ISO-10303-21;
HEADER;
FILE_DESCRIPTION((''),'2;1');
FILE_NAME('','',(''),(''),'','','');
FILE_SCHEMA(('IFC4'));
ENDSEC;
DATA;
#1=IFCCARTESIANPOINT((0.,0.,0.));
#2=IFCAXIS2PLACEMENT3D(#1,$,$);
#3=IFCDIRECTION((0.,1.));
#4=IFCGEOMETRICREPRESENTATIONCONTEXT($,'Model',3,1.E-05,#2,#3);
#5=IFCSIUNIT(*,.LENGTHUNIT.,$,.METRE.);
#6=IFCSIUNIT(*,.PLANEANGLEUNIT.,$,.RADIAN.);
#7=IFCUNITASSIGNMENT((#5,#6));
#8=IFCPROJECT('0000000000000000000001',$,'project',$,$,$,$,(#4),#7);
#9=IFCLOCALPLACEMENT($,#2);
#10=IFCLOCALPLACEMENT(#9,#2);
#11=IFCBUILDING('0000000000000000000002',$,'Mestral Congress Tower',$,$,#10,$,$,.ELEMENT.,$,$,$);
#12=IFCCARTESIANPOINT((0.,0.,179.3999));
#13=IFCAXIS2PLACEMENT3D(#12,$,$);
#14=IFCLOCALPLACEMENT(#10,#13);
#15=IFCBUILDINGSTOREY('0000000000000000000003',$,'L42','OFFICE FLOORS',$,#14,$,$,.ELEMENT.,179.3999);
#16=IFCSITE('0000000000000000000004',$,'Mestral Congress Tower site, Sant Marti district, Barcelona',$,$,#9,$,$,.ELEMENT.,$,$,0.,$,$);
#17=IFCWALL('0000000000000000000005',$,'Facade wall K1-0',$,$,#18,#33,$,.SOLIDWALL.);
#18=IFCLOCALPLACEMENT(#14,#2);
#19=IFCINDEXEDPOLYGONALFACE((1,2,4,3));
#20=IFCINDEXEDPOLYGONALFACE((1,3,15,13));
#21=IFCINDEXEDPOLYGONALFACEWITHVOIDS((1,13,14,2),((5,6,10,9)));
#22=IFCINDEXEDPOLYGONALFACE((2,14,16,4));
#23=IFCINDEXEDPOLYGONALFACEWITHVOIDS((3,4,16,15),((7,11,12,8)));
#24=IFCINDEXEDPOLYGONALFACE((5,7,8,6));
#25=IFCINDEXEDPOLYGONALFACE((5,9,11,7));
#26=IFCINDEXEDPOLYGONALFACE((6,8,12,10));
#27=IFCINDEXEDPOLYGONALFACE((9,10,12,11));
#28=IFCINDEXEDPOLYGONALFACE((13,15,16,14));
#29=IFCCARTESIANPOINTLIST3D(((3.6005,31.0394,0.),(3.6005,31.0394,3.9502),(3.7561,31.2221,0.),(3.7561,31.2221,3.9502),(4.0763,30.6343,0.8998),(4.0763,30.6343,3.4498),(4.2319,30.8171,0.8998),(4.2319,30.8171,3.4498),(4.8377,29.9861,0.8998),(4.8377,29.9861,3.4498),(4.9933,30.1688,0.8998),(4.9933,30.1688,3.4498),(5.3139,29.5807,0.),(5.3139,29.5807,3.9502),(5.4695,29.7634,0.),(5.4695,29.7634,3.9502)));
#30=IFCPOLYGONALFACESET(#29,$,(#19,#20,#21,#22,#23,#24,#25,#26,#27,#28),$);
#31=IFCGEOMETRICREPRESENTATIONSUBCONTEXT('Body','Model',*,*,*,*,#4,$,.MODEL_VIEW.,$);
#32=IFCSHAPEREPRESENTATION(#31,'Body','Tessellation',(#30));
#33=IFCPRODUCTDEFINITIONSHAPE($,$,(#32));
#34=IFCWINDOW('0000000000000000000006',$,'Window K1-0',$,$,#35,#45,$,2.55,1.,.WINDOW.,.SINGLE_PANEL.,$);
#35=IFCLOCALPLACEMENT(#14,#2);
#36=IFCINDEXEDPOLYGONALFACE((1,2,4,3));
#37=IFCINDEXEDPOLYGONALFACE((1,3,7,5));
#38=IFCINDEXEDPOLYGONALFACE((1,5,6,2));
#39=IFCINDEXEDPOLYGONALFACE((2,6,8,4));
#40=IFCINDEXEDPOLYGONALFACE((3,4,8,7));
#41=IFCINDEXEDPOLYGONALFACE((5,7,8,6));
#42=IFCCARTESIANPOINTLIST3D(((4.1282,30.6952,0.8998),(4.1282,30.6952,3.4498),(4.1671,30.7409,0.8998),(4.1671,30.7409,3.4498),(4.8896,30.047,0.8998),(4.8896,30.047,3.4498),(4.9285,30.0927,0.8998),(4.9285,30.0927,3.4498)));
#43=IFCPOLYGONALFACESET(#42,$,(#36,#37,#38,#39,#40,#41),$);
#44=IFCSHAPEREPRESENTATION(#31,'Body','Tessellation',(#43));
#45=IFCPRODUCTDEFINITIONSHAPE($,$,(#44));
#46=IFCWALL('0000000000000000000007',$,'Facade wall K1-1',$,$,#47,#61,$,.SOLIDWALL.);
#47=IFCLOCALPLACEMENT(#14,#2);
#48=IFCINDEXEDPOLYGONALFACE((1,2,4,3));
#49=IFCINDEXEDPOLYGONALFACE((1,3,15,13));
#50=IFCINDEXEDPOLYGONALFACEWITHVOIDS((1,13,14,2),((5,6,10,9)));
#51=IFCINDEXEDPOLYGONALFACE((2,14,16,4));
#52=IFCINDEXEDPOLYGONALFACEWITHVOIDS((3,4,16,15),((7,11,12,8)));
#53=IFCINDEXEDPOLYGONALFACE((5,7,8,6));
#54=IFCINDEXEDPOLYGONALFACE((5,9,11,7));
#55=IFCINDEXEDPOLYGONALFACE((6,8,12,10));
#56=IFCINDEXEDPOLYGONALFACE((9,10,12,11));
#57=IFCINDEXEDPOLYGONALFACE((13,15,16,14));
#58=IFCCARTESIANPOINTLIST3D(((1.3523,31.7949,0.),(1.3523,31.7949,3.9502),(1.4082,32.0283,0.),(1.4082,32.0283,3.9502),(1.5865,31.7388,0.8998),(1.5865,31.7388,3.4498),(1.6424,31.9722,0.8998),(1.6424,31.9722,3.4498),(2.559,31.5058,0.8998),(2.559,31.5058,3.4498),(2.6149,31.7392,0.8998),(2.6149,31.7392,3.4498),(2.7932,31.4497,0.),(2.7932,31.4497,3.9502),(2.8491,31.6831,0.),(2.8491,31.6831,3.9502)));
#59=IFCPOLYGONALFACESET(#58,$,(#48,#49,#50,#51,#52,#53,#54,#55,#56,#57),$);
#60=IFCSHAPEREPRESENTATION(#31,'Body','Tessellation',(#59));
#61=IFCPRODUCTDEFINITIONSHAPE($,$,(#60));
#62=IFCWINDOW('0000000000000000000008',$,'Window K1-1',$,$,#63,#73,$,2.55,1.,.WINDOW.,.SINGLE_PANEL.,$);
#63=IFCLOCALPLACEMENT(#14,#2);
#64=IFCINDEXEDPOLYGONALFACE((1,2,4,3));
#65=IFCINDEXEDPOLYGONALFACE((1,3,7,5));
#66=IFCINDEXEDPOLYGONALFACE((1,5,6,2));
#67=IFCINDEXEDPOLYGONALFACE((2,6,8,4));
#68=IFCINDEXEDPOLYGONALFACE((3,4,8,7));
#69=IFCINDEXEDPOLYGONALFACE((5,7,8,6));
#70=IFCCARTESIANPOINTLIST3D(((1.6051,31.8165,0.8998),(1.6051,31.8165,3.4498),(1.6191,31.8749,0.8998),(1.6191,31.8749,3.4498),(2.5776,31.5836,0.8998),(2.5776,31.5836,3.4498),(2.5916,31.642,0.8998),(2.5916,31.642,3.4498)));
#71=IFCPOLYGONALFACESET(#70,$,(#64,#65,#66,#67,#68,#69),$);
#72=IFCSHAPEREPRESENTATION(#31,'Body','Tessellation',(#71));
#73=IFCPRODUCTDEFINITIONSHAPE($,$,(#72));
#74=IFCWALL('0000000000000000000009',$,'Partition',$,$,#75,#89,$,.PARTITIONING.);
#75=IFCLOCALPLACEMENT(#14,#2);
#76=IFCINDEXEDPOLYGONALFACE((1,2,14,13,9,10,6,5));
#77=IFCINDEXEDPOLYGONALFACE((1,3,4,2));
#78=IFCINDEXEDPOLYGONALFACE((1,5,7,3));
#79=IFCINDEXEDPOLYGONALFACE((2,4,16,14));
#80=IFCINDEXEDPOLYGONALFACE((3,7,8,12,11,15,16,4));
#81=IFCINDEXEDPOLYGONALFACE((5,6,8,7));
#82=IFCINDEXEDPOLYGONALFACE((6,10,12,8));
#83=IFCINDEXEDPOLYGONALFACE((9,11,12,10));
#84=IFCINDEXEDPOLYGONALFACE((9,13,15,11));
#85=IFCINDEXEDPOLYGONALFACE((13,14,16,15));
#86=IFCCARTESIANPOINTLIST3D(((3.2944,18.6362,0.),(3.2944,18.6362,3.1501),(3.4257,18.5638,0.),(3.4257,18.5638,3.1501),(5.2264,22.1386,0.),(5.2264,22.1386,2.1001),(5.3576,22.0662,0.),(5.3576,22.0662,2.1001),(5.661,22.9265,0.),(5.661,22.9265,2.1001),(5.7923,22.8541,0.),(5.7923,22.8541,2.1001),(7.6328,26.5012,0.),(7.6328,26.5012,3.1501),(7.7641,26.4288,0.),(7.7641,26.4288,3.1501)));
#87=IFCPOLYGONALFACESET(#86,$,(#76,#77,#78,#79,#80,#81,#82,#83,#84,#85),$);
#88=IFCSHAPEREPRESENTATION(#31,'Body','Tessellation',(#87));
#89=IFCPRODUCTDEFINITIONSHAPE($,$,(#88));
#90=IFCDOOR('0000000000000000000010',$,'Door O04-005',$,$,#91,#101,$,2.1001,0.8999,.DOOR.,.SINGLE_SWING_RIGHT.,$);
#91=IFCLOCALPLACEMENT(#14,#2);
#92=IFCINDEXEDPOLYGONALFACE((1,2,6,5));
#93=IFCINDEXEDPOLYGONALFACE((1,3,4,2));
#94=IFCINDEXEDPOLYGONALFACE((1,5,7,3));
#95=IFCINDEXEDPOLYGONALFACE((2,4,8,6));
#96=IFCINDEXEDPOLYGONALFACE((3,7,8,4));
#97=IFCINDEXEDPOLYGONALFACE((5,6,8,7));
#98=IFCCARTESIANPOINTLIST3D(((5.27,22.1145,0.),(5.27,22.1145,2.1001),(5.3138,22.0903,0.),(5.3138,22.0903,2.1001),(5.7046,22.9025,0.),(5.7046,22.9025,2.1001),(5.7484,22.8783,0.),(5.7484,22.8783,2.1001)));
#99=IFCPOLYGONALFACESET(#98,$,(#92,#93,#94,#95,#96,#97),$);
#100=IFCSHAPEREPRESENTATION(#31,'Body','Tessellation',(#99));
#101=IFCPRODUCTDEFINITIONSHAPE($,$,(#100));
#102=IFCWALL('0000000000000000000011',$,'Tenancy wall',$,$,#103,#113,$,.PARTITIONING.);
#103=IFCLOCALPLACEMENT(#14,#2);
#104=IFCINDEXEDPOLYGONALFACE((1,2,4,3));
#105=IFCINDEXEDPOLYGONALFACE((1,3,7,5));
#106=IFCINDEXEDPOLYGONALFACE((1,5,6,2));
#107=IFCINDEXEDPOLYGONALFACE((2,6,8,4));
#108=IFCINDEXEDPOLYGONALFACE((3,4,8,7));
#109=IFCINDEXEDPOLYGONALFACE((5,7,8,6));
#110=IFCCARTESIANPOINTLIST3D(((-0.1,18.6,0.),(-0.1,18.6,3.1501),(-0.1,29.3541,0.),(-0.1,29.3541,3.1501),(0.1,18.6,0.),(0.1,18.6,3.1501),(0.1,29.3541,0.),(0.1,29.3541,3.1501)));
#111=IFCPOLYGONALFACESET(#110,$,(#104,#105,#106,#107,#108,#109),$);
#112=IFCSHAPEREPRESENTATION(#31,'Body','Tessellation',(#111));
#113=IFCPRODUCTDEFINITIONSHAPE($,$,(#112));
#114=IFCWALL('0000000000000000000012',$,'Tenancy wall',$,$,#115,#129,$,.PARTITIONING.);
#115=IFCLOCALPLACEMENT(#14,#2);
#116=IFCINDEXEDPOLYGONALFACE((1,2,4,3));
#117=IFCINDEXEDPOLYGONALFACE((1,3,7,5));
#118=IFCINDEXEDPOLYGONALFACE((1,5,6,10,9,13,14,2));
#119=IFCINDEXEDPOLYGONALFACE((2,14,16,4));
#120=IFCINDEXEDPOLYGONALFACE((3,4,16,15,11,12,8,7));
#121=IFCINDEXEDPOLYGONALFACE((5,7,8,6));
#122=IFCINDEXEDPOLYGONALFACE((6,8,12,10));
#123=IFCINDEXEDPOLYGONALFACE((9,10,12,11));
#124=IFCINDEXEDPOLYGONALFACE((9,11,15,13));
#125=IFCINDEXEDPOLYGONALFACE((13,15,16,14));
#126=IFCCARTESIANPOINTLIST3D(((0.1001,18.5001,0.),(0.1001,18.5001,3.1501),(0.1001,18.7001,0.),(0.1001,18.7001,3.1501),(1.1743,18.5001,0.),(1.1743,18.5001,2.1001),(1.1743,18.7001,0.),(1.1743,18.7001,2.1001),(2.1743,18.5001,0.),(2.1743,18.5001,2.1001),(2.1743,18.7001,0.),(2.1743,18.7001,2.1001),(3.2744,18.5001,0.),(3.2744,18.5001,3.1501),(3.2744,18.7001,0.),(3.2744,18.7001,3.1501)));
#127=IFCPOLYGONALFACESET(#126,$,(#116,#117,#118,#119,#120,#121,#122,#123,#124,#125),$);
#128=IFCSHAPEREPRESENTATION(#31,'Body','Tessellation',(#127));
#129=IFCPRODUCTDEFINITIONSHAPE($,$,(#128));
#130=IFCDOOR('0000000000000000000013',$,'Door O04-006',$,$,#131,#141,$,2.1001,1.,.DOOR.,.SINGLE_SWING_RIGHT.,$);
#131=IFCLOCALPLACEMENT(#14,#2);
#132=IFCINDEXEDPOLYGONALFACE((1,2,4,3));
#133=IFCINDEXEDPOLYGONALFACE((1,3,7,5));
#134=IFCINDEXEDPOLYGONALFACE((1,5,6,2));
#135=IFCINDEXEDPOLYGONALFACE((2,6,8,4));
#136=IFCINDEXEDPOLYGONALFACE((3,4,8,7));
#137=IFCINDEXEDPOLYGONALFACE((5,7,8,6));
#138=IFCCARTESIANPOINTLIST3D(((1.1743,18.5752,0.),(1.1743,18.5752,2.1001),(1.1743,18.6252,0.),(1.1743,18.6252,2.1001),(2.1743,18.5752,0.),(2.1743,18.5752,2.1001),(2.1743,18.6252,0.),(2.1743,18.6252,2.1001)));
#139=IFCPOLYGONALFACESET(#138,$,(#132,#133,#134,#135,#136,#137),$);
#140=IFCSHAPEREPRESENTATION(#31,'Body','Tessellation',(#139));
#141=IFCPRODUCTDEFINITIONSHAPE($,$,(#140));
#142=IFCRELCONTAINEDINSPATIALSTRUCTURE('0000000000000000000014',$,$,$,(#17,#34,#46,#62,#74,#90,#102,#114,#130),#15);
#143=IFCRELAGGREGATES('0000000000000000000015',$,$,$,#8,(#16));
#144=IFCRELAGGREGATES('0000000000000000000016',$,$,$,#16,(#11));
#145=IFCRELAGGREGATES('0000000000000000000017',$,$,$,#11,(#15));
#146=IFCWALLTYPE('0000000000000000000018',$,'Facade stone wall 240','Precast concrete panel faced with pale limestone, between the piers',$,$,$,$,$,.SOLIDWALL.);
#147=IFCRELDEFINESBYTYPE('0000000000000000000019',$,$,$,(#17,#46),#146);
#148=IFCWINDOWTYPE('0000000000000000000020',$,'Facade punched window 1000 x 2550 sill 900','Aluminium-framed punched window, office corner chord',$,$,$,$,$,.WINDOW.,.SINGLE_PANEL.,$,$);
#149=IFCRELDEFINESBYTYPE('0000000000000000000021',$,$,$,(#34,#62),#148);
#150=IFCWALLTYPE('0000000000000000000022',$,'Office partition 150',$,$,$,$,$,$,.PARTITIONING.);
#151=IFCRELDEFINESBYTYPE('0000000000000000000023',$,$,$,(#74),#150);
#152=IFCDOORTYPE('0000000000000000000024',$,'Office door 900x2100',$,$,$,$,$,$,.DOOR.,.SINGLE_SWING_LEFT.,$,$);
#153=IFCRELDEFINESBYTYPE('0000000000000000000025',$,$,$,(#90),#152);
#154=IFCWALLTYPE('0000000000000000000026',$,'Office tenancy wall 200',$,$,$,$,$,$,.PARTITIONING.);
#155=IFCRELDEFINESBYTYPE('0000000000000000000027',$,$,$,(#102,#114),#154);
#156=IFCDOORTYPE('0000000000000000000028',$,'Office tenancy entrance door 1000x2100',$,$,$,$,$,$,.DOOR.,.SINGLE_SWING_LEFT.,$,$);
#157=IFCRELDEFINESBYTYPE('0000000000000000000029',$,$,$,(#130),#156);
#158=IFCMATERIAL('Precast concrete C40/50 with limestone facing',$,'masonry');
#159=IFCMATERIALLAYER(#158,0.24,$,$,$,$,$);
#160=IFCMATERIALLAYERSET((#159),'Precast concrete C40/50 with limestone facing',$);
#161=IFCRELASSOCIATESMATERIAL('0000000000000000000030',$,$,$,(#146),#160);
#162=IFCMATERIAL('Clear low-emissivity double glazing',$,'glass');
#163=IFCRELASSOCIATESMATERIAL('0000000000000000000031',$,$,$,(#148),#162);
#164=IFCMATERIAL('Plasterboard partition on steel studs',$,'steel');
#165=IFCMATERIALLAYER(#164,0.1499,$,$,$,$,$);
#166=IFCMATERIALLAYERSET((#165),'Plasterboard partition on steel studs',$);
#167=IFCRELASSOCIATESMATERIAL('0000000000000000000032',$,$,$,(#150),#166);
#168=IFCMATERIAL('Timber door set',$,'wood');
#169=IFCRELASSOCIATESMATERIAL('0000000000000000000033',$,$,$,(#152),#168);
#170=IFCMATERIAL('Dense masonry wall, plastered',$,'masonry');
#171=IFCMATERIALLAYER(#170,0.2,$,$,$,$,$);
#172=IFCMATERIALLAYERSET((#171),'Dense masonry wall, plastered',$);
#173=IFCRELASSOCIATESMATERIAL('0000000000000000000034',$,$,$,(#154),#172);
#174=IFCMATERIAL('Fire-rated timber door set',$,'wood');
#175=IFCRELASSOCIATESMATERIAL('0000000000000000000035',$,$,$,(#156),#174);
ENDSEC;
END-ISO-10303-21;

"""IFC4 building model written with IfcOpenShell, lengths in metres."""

from ifc_helpers import new_model, si_unit, direction, frame, frame_2d, origin, place, context, subcontext, project, spatial, rectangle, extrude, material, layer, layer_set, type_object, element, fill, save


model = new_model("IFC4")

# Units and contexts
model_context = context("Model", 3, precision=1e-05, world=origin(), true_north=direction((0.0, 1.0)))
body_context = subcontext(model_context, "Body", "Model", "MODEL_VIEW")
ifc_project = project(units=[si_unit("LENGTHUNIT", "METRE"), si_unit("PLANEANGLEUNIT", "RADIAN")], contexts=[model_context])

# Site, building, storey
site_placement = place(None, origin())
site = spatial("IfcSite", under=ifc_project, at=site_placement, Name="Mestral Congress Tower site, Sant Marti district, Barcelona", CompositionType="ELEMENT", RefElevation=0.0)
building_placement = place(site_placement, origin())
building = spatial("IfcBuilding", under=site, at=building_placement, Name="Mestral Congress Tower", CompositionType="ELEMENT")
storey_placement = place(building_placement, frame((0.0, 0.0, 179.3999)))
storey = spatial("IfcBuildingStorey", under=building, at=storey_placement, Name="L42", Description="OFFICE FLOORS", CompositionType="ELEMENT", Elevation=179.3999)

# Shared definitions
ifc_material_1 = material(Name="Precast concrete C40/50 with limestone facing", Category="masonry")
ifc_layer_1 = layer(ifc_material_1, 0.24)
ifc_layer_set_1 = layer_set([ifc_layer_1], Name="Precast concrete C40/50 with limestone facing")
wall_type_1 = type_object("IfcWallType", Name="Facade stone wall 240", Description="Precast concrete panel faced with pale limestone, between the piers", PredefinedType="SOLIDWALL", material=ifc_layer_set_1)
ifc_material_2 = material(Name="Clear low-emissivity double glazing", Category="glass")

# Walls, openings, windows
wall_1_placement = place(storey_placement, frame((5.3916, 29.6721, 0.0), z_axis=(0.0, 0.0, 1.0), x_axis=(-0.76142, 0.648259, 0.0)))
wall_1 = element("IfcWall", 1, at=wall_1_placement, inside=storey, type_object=wall_type_1, Name="Facade wall K1-0", PredefinedType="SOLIDWALL", context=body_context, shape_type="SweptSolid", body=[
    extrude(rectangle(XDim=2.2502, YDim=0.24, at=frame_2d((1.125, 0.0))), origin(), (0.0, 0.0, 1.0), 3.9502),
])
opening_1_placement = place(wall_1_placement, frame((0.6252, 0.0, 0.8999)))
opening_1 = element("IfcOpeningElement", 2, at=opening_1_placement, cuts=wall_1, PredefinedType="OPENING", context=body_context, shape_type="SweptSolid", body=[
    extrude(rectangle(XDim=1.0, YDim=2.55, at=frame_2d((0.5, 1.2749))), frame((0.0, 0.1299, 0.0), z_axis=(0.0, -1.0, 0.0), x_axis=(1.0, 0.0, 0.0)), (0.0, 0.0, 1.0), 0.26),
])
window_type_1 = type_object("IfcWindowType", Name="Facade punched window 1000 x 2550 sill 900", Description="Aluminium-framed punched window, office corner chord", PartitioningType="SINGLE_PANEL", PredefinedType="WINDOW", material=ifc_material_2)
window_1_placement = place(opening_1_placement, origin())
window_1 = element("IfcWindow", 3, at=window_1_placement, inside=storey, type_object=window_type_1, Name="Window K1-0", OverallHeight=2.55, OverallWidth=1.0, PartitioningType="SINGLE_PANEL", PredefinedType="WINDOW", context=body_context, shape_type="SweptSolid", body=[
    extrude(rectangle(XDim=1.0, YDim=2.55, at=frame_2d((0.5, 1.2749))), frame((0.0, 0.04, 0.0), z_axis=(0.0, -1.0, 0.0), x_axis=(1.0, 0.0, 0.0)), (0.0, 0.0, 1.0), 0.0601),
])
fill(opening_1, window_1)
wall_2_placement = place(storey_placement, frame((2.821, 31.5664, 0.0), z_axis=(0.0, 0.0, 1.0), x_axis=(-0.97248, 0.232987, 0.0)))
wall_2 = element("IfcWall", 4, at=wall_2_placement, inside=storey, type_object=wall_type_1, Name="Facade wall K1-1", PredefinedType="SOLIDWALL", context=body_context, shape_type="SweptSolid", body=[
    extrude(rectangle(XDim=1.4817, YDim=0.24, at=frame_2d((0.7407, 0.0))), origin(), (0.0, 0.0, 1.0), 3.9502),
])
opening_2_placement = place(wall_2_placement, frame((0.2407, 0.0, 0.8999)))
opening_2 = element("IfcOpeningElement", 5, at=opening_2_placement, cuts=wall_2, PredefinedType="OPENING", context=body_context, shape_type="SweptSolid", body=[
    extrude(rectangle(XDim=1.0, YDim=2.55, at=frame_2d((0.5, 1.2749))), frame((0.0, 0.1299, 0.0), z_axis=(0.0, -1.0, 0.0), x_axis=(1.0, 0.0, 0.0)), (0.0, 0.0, 1.0), 0.26),
])
window_2_placement = place(opening_2_placement, origin())
window_2 = element("IfcWindow", 6, at=window_2_placement, inside=storey, type_object=window_type_1, Name="Window K1-1", OverallHeight=2.55, OverallWidth=1.0, PartitioningType="SINGLE_PANEL", PredefinedType="WINDOW", context=body_context, shape_type="SweptSolid", body=[
    extrude(rectangle(XDim=1.0, YDim=2.55, at=frame_2d((0.5, 1.2749))), frame((0.0, 0.04, 0.0), z_axis=(0.0, -1.0, 0.0), x_axis=(1.0, 0.0, 0.0)), (0.0, 0.0, 1.0), 0.0601),
])
fill(opening_2, window_2)

# Wall, opening, door
ifc_material_3 = material(Name="Plasterboard partition on steel studs", Category="steel")
ifc_layer_2 = layer(ifc_material_3, 0.1499)
ifc_layer_set_2 = layer_set([ifc_layer_2], Name="Plasterboard partition on steel studs")
wall_type_2 = type_object("IfcWallType", Name="Office partition 150", PredefinedType="PARTITIONING", material=ifc_layer_set_2)
wall_3_placement = place(storey_placement, frame((7.6985, 26.4651, 0.0), z_axis=(0.0, 0.0, 1.0), x_axis=(-0.482998, -0.875621, 0.0)))
wall_3 = element("IfcWall", 7, at=wall_3_placement, inside=storey, type_object=wall_type_2, Name="Partition", PredefinedType="PARTITIONING", context=body_context, shape_type="SweptSolid", body=[
    extrude(rectangle(XDim=8.9822, YDim=0.1499, at=frame_2d((4.4912, 0.0))), origin(), (0.0, 0.0, 1.0), 3.1501),
])
opening_3_placement = place(wall_3_placement, frame((4.0825, 0.0, 0.0)))
opening_3 = element("IfcOpeningElement", 8, at=opening_3_placement, cuts=wall_3, PredefinedType="OPENING", context=body_context, shape_type="SweptSolid", body=[
    extrude(rectangle(XDim=0.8999, YDim=2.1001, at=frame_2d((0.45, 1.05))), frame((0.0, 0.085, 0.0), z_axis=(0.0, -1.0, 0.0), x_axis=(1.0, 0.0, 0.0)), (0.0, 0.0, 1.0), 0.1699),
])
ifc_material_4 = material(Name="Timber door set", Category="wood")
door_type_1 = type_object("IfcDoorType", Name="Office door 900x2100", OperationType="SINGLE_SWING_LEFT", PredefinedType="DOOR", material=ifc_material_4)
door_1_placement = place(opening_3_placement, origin())
door_1 = element("IfcDoor", 9, at=door_1_placement, inside=storey, type_object=door_type_1, Name="Door O04-005", OperationType="SINGLE_SWING_RIGHT", OverallHeight=2.1001, OverallWidth=0.8999, PredefinedType="DOOR", context=body_context, shape_type="SweptSolid", body=[
    extrude(rectangle(XDim=0.8999, YDim=2.1001, at=frame_2d((0.45, 1.05))), frame((0.0, 0.0249, 0.0), z_axis=(0.0, -1.0, 0.0), x_axis=(1.0, 0.0, 0.0)), (0.0, 0.0, 1.0), 0.05),
])
fill(opening_3, door_1)

# Wall
ifc_material_5 = material(Name="Dense masonry wall, plastered", Category="masonry")
ifc_layer_3 = layer(ifc_material_5, 0.2)
ifc_layer_set_3 = layer_set([ifc_layer_3], Name="Dense masonry wall, plastered")
wall_type_3 = type_object("IfcWallType", Name="Office tenancy wall 200", PredefinedType="PARTITIONING", material=ifc_layer_set_3)
wall_4_placement = place(storey_placement, frame((0.0, 18.6001, 0.0), z_axis=(0.0, 0.0, 1.0), x_axis=(0.0, 1.0, 0.0)))
element("IfcWall", 10, at=wall_4_placement, inside=storey, type_object=wall_type_3, Name="Tenancy wall", PredefinedType="PARTITIONING", context=body_context, shape_type="SweptSolid", body=[
    extrude(rectangle(XDim=10.7542, YDim=0.2, at=frame_2d((5.377, 0.0))), origin(), (0.0, 0.0, 1.0), 3.1501),
])

# Wall, opening, door
wall_5_placement = place(storey_placement, frame((3.2744, 18.6001, 0.0), z_axis=(0.0, 0.0, 1.0), x_axis=(-1.0, 0.0, 0.0)))
wall_5 = element("IfcWall", 11, at=wall_5_placement, inside=storey, type_object=wall_type_3, Name="Tenancy wall", PredefinedType="PARTITIONING", context=body_context, shape_type="SweptSolid", body=[
    extrude(rectangle(XDim=3.1743, YDim=0.2, at=frame_2d((1.5872, 0.0))), origin(), (0.0, 0.0, 1.0), 3.1501),
])
opening_4_placement = place(wall_5_placement, frame((1.1001, 0.0, 0.0)))
opening_4 = element("IfcOpeningElement", 12, at=opening_4_placement, cuts=wall_5, PredefinedType="OPENING", context=body_context, shape_type="SweptSolid", body=[
    extrude(rectangle(XDim=1.0, YDim=2.1001, at=frame_2d((0.5, 1.05))), frame((0.0, 0.1099, 0.0), z_axis=(0.0, -1.0, 0.0), x_axis=(1.0, 0.0, 0.0)), (0.0, 0.0, 1.0), 0.22),
])
ifc_material_6 = material(Name="Fire-rated timber door set", Category="wood")
door_type_2 = type_object("IfcDoorType", Name="Office tenancy entrance door 1000x2100", OperationType="SINGLE_SWING_LEFT", PredefinedType="DOOR", material=ifc_material_6)
door_2_placement = place(opening_4_placement, origin())
door_2 = element("IfcDoor", 13, at=door_2_placement, inside=storey, type_object=door_type_2, Name="Door O04-006", OperationType="SINGLE_SWING_RIGHT", OverallHeight=2.1001, OverallWidth=1.0, PredefinedType="DOOR", context=body_context, shape_type="SweptSolid", body=[
    extrude(rectangle(XDim=1.0, YDim=2.1001, at=frame_2d((0.5, 1.05))), frame((0.0, 0.0249, 0.0), z_axis=(0.0, -1.0, 0.0), x_axis=(1.0, 0.0, 0.0)), (0.0, 0.0, 1.0), 0.05),
])
fill(opening_4, door_2)

save(model, "model.ifc")
